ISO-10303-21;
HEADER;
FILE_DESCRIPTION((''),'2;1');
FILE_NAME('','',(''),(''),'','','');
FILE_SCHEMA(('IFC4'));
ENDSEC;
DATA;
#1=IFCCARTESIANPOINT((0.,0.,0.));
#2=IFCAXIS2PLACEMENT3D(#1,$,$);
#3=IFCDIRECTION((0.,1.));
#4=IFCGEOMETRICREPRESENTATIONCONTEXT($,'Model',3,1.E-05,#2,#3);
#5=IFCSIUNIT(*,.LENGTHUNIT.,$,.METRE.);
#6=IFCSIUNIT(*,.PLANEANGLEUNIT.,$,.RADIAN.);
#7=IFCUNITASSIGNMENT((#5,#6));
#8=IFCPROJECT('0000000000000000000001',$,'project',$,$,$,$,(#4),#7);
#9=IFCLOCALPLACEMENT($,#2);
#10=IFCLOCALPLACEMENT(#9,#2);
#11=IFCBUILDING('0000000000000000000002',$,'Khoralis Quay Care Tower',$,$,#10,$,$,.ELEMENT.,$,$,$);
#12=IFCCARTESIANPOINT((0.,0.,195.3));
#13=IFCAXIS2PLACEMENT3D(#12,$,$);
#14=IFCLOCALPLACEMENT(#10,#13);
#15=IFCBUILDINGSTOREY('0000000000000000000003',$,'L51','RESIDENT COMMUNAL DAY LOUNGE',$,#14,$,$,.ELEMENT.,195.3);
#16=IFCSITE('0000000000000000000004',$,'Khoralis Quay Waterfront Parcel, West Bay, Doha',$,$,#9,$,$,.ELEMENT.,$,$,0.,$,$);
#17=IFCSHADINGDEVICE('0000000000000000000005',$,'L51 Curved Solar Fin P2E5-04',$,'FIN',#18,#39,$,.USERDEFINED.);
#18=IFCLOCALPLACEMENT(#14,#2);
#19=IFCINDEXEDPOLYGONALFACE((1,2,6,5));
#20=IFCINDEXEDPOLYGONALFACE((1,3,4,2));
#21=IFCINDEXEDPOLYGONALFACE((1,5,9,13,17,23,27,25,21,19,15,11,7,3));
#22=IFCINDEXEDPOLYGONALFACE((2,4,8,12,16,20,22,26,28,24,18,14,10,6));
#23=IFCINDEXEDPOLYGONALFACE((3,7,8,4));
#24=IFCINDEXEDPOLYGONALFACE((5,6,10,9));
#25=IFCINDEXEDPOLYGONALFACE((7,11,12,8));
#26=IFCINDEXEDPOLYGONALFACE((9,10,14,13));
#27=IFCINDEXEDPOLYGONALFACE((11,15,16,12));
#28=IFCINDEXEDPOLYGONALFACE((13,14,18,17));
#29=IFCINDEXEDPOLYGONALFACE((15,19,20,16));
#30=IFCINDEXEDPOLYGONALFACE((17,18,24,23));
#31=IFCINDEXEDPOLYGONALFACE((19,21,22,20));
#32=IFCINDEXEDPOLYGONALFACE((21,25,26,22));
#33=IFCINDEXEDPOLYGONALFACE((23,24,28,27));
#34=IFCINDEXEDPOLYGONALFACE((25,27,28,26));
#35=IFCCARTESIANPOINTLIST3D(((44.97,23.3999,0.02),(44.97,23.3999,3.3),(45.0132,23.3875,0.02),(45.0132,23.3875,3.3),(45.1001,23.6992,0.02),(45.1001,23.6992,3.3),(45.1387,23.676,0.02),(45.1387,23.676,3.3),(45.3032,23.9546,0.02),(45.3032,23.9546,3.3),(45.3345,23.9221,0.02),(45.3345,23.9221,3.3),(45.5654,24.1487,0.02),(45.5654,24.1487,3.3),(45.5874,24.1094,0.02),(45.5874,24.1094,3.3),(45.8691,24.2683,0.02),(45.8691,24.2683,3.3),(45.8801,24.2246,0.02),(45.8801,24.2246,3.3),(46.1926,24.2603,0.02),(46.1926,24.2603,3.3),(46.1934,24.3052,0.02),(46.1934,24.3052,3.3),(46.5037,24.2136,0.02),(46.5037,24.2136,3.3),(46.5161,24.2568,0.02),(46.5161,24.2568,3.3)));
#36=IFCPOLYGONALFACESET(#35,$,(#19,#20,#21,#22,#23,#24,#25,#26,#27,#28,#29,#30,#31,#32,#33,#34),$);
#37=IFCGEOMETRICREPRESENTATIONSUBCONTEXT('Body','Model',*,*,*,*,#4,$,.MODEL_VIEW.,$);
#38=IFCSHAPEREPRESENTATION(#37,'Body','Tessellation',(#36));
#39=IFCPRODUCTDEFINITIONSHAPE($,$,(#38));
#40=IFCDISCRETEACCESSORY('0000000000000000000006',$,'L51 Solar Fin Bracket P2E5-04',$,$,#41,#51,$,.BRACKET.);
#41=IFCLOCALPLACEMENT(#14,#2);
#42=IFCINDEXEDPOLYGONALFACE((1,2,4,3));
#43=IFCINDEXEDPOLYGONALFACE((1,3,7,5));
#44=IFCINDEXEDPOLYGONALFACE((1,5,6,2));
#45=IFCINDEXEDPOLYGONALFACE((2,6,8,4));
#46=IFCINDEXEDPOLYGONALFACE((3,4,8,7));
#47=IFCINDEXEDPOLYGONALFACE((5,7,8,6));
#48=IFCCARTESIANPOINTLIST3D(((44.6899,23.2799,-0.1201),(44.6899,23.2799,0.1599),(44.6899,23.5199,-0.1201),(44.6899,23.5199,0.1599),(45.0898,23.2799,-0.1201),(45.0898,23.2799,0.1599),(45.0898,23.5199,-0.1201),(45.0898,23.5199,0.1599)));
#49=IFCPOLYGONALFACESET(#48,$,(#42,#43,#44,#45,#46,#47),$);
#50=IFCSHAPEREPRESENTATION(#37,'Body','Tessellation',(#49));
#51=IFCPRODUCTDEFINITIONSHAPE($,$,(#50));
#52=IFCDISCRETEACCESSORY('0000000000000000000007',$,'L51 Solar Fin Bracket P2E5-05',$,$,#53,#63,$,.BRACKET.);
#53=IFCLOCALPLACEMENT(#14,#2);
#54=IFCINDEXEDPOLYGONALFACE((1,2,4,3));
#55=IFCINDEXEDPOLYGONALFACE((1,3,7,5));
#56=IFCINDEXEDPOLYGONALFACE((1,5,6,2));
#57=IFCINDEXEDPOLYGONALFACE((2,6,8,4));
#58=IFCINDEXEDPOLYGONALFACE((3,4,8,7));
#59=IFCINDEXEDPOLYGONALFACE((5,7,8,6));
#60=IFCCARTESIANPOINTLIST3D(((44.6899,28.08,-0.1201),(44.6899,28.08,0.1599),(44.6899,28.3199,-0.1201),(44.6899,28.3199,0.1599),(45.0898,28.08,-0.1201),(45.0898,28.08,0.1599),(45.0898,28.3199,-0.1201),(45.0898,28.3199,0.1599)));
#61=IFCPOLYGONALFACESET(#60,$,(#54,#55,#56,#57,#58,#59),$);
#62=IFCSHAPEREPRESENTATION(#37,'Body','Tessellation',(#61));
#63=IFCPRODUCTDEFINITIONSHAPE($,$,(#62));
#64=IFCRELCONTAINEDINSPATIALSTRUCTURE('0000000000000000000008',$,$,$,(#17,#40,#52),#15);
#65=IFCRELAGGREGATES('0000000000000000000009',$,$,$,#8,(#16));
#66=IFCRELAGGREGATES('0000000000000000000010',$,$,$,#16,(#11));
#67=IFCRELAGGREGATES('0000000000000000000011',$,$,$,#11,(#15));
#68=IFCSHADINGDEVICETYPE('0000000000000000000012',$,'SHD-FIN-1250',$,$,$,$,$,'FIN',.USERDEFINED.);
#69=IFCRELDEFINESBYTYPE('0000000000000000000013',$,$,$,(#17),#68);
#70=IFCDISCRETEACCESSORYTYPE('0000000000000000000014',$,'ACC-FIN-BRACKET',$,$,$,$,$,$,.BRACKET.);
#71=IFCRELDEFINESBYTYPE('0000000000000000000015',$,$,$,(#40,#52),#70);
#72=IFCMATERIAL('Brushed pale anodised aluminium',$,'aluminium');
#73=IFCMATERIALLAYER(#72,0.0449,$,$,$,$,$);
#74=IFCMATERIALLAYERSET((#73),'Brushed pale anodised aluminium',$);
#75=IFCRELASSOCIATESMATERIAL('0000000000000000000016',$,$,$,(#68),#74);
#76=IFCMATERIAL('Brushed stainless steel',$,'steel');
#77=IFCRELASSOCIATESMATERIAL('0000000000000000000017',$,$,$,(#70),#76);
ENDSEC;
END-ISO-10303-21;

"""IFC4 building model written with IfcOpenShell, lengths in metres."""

from ifc_helpers import new_model, si_unit, direction, frame, origin, origin_2d, place, context, subcontext, project, spatial, polyline, rectangle, outline, extrude, source, transform, mapped, material, layer, layer_set, type_object, element, save


model = new_model("IFC4")

# Units and contexts
model_context = context("Model", 3, precision=1e-05, world=origin(), true_north=direction((0.0, 1.0)))
body_context = subcontext(model_context, "Body", "Model", "MODEL_VIEW")
ifc_project = project(units=[si_unit("LENGTHUNIT", "METRE"), si_unit("PLANEANGLEUNIT", "RADIAN")], contexts=[model_context])

# Site, building, storey
site_placement = place(None, origin())
site = spatial("IfcSite", under=ifc_project, at=site_placement, Name="Khoralis Quay Waterfront Parcel, West Bay, Doha", CompositionType="ELEMENT", RefElevation=0.0)
building_placement = place(site_placement, origin())
building = spatial("IfcBuilding", under=site, at=building_placement, Name="Khoralis Quay Care Tower", CompositionType="ELEMENT")
storey_placement = place(building_placement, frame((0.0, 0.0, 195.3)))
storey = spatial("IfcBuildingStorey", under=building, at=storey_placement, Name="L51", Description="RESIDENT COMMUNAL DAY LOUNGE", CompositionType="ELEMENT", Elevation=195.3)

# Shared definitions
ifc_material_1 = material(Name="Brushed stainless steel", Category="steel")

# Shading device
ifc_material_2 = material(Name="Brushed pale anodised aluminium", Category="aluminium")
ifc_layer_1 = layer(ifc_material_2, 0.0449)
ifc_layer_set_1 = layer_set([ifc_layer_1], Name="Brushed pale anodised aluminium")
shading_device_type = type_object("IfcShadingDeviceType", Name="SHD-FIN-1250", ElementType="FIN", PredefinedType="USERDEFINED", material=ifc_layer_set_1)
shared_shape_1 = source(origin(), body_context, "Body", "SweptSolid", [
    extrude(outline(polyline([(0.0, 0.0), (0.1301, 0.2993), (0.3333, 0.5547), (0.5955, 0.7488), (0.8992, 0.8684), (1.2234, 0.9053), (1.5461, 0.8569), (1.5337, 0.8137), (1.2227, 0.8604), (0.9102, 0.8247), (0.6174, 0.7095), (0.3645, 0.5222), (0.1687, 0.2761), (0.0432, -0.0125), (0.0, 0.0)])), origin(), (0.0, 0.0, 1.0), 3.28),
])
shading_device_placement = place(storey_placement, frame((44.97, 23.3999, 0.02), z_axis=(0.0, 0.0, 1.0), x_axis=(1.0, 0.0, 0.0)))
element("IfcShadingDevice", 1, at=shading_device_placement, inside=storey, type_object=shading_device_type, Name="L51 Curved Solar Fin P2E5-04", ObjectType="FIN", PredefinedType="USERDEFINED", context=body_context, shape_type="MappedRepresentation", body=[
    mapped(shared_shape_1, transform((0.0, 0.0, 0.0), scale=1.0)),
])

# Discrete accessories
discrete_accessory_type = type_object("IfcDiscreteAccessoryType", Name="ACC-FIN-BRACKET", PredefinedType="BRACKET", material=ifc_material_1)
shared_shape_2 = source(origin(), body_context, "Body", "SweptSolid", [
    extrude(rectangle(XDim=0.3999, YDim=0.24, at=origin_2d()), origin(), (0.0, 0.0, 1.0), 0.28),
])
for number, where, z_axis, x_axis, name in (
    (2, (44.8899, 23.3999, -0.1201), (0.0, 0.0, 1.0), (1.0, 0.0, 0.0), "L51 Solar Fin Bracket P2E5-04"),
    (3, (44.8899, 28.2, -0.1201), (0.0, 0.0, 1.0), (1.0, 0.0, 0.0), "L51 Solar Fin Bracket P2E5-05"),
):
    element("IfcDiscreteAccessory", number, at=place(storey_placement, frame(where, z_axis=z_axis, x_axis=x_axis)), inside=storey, type_object=discrete_accessory_type, Name=name, PredefinedType="BRACKET", context=body_context, shape_type="MappedRepresentation", body=[
        mapped(shared_shape_2, transform((0.0, 0.0, 0.0), scale=1.0)),
    ])

save(model, "model.ifc")
